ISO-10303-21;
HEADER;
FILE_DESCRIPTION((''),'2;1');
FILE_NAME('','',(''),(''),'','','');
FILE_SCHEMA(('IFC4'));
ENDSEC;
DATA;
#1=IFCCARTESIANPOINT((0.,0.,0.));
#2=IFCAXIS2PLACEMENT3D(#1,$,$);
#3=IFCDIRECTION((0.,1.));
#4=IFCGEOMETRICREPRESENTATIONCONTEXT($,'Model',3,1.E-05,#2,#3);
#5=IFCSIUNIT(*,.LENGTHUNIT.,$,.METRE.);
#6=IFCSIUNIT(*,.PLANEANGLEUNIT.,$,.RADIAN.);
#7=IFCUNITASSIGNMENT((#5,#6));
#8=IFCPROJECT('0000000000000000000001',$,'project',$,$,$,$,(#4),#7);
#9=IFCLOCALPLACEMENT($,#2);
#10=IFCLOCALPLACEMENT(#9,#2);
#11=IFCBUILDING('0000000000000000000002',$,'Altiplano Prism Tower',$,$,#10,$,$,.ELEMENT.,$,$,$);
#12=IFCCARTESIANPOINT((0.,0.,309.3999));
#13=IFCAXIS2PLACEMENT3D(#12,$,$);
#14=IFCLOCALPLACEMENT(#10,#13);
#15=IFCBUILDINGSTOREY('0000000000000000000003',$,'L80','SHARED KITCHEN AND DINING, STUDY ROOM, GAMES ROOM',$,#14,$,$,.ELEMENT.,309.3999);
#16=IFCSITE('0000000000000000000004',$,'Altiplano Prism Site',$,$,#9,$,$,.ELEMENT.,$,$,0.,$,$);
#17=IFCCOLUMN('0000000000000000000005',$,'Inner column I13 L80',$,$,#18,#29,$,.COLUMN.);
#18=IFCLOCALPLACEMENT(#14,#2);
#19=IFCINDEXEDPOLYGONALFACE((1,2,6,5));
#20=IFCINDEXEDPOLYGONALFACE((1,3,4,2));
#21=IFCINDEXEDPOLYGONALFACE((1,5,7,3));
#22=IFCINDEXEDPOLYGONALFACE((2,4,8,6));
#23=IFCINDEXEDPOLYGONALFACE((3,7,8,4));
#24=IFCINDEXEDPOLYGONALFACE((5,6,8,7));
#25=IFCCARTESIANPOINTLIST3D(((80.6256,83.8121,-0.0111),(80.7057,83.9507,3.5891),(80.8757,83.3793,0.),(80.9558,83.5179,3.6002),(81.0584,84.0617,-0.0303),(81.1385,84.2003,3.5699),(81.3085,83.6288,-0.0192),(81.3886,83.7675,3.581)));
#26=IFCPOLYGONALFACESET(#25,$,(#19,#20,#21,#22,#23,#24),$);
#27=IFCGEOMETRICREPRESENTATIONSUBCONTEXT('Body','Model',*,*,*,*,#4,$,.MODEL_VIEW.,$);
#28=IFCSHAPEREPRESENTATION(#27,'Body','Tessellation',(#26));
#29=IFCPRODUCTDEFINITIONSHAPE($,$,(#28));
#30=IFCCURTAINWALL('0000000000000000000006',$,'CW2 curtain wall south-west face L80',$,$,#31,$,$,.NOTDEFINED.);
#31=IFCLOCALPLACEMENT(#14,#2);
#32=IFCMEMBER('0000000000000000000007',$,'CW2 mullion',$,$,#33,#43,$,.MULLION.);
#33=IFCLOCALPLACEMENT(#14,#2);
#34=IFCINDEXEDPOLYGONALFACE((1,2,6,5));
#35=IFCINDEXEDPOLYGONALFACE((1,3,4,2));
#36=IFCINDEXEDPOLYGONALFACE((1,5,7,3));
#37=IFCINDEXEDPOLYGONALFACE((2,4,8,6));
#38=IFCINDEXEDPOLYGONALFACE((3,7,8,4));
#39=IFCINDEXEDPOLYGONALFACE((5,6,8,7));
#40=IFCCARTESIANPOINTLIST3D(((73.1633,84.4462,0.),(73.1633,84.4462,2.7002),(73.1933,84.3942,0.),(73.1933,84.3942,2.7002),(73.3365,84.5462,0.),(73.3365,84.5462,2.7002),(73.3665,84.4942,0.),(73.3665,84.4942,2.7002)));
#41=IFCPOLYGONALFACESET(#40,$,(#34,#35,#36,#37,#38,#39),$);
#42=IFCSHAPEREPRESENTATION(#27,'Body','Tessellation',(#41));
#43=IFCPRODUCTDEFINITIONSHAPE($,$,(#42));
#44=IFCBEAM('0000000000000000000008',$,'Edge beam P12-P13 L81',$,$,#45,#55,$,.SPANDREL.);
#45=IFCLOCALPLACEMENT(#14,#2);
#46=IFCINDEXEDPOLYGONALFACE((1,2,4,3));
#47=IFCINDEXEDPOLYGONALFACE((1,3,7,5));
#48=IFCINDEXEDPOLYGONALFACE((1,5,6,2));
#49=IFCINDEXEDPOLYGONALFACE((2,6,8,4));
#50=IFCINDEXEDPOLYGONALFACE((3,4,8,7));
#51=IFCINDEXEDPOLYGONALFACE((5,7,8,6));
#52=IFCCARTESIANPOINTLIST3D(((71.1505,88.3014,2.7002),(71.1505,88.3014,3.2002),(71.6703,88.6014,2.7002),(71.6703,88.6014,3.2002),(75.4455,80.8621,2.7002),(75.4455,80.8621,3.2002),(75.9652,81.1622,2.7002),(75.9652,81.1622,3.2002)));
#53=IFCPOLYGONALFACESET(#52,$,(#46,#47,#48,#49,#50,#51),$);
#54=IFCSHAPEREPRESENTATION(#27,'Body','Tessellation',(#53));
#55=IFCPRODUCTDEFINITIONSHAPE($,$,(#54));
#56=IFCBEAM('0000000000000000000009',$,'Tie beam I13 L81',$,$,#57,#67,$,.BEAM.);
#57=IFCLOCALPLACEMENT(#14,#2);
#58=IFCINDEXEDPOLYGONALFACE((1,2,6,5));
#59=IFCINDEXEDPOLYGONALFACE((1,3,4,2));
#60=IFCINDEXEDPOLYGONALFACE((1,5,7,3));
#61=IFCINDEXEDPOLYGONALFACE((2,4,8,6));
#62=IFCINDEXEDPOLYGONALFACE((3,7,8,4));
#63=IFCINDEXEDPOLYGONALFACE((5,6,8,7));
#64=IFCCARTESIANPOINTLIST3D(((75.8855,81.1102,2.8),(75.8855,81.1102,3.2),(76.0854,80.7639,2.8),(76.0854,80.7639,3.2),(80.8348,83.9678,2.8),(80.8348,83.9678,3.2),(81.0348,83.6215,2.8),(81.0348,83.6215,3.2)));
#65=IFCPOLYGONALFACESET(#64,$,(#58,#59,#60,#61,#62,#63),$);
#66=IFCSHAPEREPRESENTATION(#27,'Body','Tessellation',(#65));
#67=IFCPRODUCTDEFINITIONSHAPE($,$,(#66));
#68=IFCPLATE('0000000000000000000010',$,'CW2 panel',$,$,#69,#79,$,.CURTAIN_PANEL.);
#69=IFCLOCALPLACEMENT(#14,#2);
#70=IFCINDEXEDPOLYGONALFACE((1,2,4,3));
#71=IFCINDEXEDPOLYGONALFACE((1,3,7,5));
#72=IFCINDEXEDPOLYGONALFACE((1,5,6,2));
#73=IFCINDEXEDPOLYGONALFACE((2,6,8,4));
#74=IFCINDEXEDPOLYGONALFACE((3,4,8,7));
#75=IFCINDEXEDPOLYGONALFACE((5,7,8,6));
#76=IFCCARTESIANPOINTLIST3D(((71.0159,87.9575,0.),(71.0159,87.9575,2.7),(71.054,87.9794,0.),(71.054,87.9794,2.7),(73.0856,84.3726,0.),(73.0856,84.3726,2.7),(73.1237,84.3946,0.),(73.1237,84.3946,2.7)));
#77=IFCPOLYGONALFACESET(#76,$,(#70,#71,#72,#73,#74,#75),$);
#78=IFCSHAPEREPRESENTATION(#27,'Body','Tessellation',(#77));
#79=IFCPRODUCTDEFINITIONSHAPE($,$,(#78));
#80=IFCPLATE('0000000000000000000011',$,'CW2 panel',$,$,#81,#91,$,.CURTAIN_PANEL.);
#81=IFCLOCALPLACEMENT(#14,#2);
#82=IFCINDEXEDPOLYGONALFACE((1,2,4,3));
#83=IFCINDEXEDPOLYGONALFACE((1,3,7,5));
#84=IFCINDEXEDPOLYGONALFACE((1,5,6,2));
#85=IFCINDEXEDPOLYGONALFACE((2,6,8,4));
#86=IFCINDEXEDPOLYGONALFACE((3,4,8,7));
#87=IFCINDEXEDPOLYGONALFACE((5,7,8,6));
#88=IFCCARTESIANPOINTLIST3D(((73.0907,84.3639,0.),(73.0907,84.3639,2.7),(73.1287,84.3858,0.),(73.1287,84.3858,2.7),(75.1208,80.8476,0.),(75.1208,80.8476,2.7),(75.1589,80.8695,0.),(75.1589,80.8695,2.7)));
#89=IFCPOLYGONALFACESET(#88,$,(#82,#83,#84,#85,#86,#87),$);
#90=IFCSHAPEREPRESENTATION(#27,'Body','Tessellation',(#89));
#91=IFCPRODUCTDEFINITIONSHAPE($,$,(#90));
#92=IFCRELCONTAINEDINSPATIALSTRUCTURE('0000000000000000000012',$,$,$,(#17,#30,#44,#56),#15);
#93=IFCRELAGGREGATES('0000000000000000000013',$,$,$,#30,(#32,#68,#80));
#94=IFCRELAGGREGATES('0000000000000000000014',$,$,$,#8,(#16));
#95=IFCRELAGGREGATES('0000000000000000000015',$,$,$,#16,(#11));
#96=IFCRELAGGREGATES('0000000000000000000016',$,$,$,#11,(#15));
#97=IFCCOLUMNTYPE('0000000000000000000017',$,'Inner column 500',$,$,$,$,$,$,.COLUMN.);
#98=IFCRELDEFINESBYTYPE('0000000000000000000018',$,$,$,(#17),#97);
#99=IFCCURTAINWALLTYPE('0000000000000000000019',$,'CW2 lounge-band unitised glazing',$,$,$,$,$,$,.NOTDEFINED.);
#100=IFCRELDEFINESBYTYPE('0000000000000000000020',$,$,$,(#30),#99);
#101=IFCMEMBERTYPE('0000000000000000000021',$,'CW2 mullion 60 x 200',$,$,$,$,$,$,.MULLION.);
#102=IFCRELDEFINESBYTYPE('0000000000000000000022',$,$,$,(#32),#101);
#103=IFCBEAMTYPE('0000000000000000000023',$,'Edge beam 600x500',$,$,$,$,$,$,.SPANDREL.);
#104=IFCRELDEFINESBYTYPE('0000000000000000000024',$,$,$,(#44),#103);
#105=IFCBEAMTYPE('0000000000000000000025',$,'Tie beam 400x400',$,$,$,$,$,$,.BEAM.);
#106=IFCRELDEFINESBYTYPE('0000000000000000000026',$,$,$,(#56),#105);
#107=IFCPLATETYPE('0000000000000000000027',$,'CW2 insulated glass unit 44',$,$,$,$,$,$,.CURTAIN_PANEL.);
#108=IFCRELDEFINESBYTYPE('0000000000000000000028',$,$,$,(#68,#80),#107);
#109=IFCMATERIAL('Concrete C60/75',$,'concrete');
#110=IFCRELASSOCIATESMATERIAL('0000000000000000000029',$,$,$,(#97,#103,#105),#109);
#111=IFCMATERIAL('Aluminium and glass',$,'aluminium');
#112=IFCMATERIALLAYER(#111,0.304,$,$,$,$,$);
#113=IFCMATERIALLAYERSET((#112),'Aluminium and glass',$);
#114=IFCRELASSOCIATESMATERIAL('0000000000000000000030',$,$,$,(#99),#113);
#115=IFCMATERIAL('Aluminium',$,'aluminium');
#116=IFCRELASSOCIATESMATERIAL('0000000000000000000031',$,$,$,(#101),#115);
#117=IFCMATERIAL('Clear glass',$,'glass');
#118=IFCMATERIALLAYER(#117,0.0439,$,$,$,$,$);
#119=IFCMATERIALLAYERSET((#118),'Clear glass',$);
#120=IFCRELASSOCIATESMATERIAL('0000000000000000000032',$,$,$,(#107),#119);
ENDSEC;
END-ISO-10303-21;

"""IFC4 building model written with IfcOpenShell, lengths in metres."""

from ifc_helpers import new_model, si_unit, direction, frame, origin, origin_2d, place, context, subcontext, project, spatial, rectangle, extrude, material, layer, layer_set, material_profile, profile_set, type_object, element, aggregate, save


model = new_model("IFC4")

# Units and contexts
model_context = context("Model", 3, precision=1e-05, world=origin(), true_north=direction((0.0, 1.0)))
body_context = subcontext(model_context, "Body", "Model", "MODEL_VIEW")
ifc_project = project(units=[si_unit("LENGTHUNIT", "METRE"), si_unit("PLANEANGLEUNIT", "RADIAN")], contexts=[model_context])

# Site, building, storey
site_placement = place(None, origin())
site = spatial("IfcSite", under=ifc_project, at=site_placement, Name="Altiplano Prism Site", CompositionType="ELEMENT", RefElevation=0.0)
building_placement = place(site_placement, origin())
building = spatial("IfcBuilding", under=site, at=building_placement, Name="Altiplano Prism Tower", CompositionType="ELEMENT")
storey_placement = place(building_placement, frame((0.0, 0.0, 309.3999)))
storey = spatial("IfcBuildingStorey", under=building, at=storey_placement, Name="L80", Description="SHARED KITCHEN AND DINING, STUDY ROOM, GAMES ROOM", CompositionType="ELEMENT", Elevation=309.3999)

# Column
ifc_material_1 = material(Name="Concrete C60/75", Category="concrete")
ifc_material_profile_1 = material_profile(ifc_material_1, rectangle(XDim=0.5, YDim=0.5, at=origin_2d()), Name="Inner column 500")
ifc_profile_set_1 = profile_set([ifc_material_profile_1], Name="Concrete C60/75")
column_type = type_object("IfcColumnType", Name="Inner column 500", PredefinedType="COLUMN", material=ifc_profile_set_1)
column_placement = place(storey_placement, frame((80.967, 83.7205, -0.0151), z_axis=(0.022221, 0.038481, 0.999012), x_axis=(-0.865642, -0.499182, 0.038483)))
element("IfcColumn", 1, at=column_placement, inside=storey, type_object=column_type, Name="Inner column I13 L80", PredefinedType="COLUMN", context=body_context, shape_type="SweptSolid", body=[
    extrude(rectangle(XDim=0.5, YDim=0.5, at=origin_2d()), origin(), (0.0, 0.0, 1.0), 3.6038),
])

# Curtain wall, member
ifc_material_2 = material(Name="Aluminium and glass", Category="aluminium")
ifc_layer_1 = layer(ifc_material_2, 0.304)
ifc_layer_set_1 = layer_set([ifc_layer_1], Name="Aluminium and glass")
curtain_wall_type = type_object("IfcCurtainWallType", Name="CW2 lounge-band unitised glazing", PredefinedType="NOTDEFINED", material=ifc_layer_set_1)
curtain_wall_placement = place(storey_placement, origin())
curtain_wall = element("IfcCurtainWall", 2, at=curtain_wall_placement, inside=storey, type_object=curtain_wall_type, Name="CW2 curtain wall south-west face L80", PredefinedType="NOTDEFINED")
ifc_material_3 = material(Name="Aluminium", Category="aluminium")
ifc_material_profile_2 = material_profile(ifc_material_3, rectangle(XDim=0.2, YDim=0.0601, at=origin_2d()), Name="CW2 mullion 60 x 200")
ifc_profile_set_2 = profile_set([ifc_material_profile_2], Name="Aluminium")
member_type = type_object("IfcMemberType", Name="CW2 mullion 60 x 200", PredefinedType="MULLION", material=ifc_profile_set_2)
member_placement = place(storey_placement, frame((73.2649, 84.4702, 0.0), z_axis=(0.0, 0.0, 1.0), x_axis=(0.866025, 0.5, 0.0)))
member = element("IfcMember", 3, at=member_placement, type_object=member_type, Name="CW2 mullion", PredefinedType="MULLION", context=body_context, shape_type="SweptSolid", body=[
    extrude(rectangle(XDim=0.2, YDim=0.0601, at=origin_2d()), origin(), (0.0, 0.0, 1.0), 2.7002),
])

# Beams
ifc_material_profile_3 = material_profile(ifc_material_1, rectangle(XDim=0.6001, YDim=0.5, at=origin_2d()), Name="Edge beam 600x500")
ifc_profile_set_3 = profile_set([ifc_material_profile_3], Name="Concrete C60/75")
beam_type_1 = type_object("IfcBeamType", Name="Edge beam 600x500", PredefinedType="SPANDREL", material=ifc_profile_set_3)
beam_1_placement = place(storey_placement, frame((71.4104, 88.4514, 2.9502), z_axis=(0.499991, -0.866031, 0.0), x_axis=(0.866031, 0.499991, 0.0)))
element("IfcBeam", 4, at=beam_1_placement, inside=storey, type_object=beam_type_1, Name="Edge beam P12-P13 L81", PredefinedType="SPANDREL", context=body_context, shape_type="SweptSolid", body=[
    extrude(rectangle(XDim=0.6001, YDim=0.5, at=origin_2d()), origin(), (0.0, 0.0, 1.0), 8.5901),
])
ifc_material_profile_4 = material_profile(ifc_material_1, rectangle(XDim=0.3999, YDim=0.3999, at=origin_2d()), Name="Tie beam 400x400")
ifc_profile_set_4 = profile_set([ifc_material_profile_4], Name="Concrete C60/75")
beam_type_2 = type_object("IfcBeamType", Name="Tie beam 400x400", PredefinedType="BEAM", material=ifc_profile_set_4)
beam_2_placement = place(storey_placement, frame((80.9348, 83.7947, 3.0), z_axis=(-0.866018, -0.500012, 0.0), x_axis=(0.500012, -0.866018, 0.0)))
element("IfcBeam", 5, at=beam_2_placement, inside=storey, type_object=beam_type_2, Name="Tie beam I13 L81", PredefinedType="BEAM", context=body_context, shape_type="SweptSolid", body=[
    extrude(rectangle(XDim=0.3999, YDim=0.3999, at=origin_2d()), origin(), (0.0, 0.0, 1.0), 5.7151),
])

# Plates
ifc_material_4 = material(Name="Clear glass", Category="glass")
ifc_layer_2 = layer(ifc_material_4, 0.0439)
ifc_layer_set_2 = layer_set([ifc_layer_2], Name="Clear glass")
plate_type = type_object("IfcPlateType", Name="CW2 insulated glass unit 44", PredefinedType="CURTAIN_PANEL", material=ifc_layer_set_2)
plate_1_placement = place(storey_placement, frame((72.0698, 86.176, 0.0), z_axis=(0.0, 0.0, 1.0), x_axis=(0.5, -0.866025, 0.0)))
plate_1 = element("IfcPlate", 6, at=plate_1_placement, type_object=plate_type, Name="CW2 panel", PredefinedType="CURTAIN_PANEL", context=body_context, shape_type="SweptSolid", body=[
    extrude(rectangle(XDim=4.1394, YDim=0.0439, at=origin_2d()), origin(), (0.0, 0.0, 1.0), 2.7),
])
plate_2_placement = place(storey_placement, frame((74.1248, 82.6167, 0.0), z_axis=(0.0, 0.0, 1.0), x_axis=(0.5, -0.866025, 0.0)))
plate_2 = element("IfcPlate", 7, at=plate_2_placement, type_object=plate_type, Name="CW2 panel", PredefinedType="CURTAIN_PANEL", context=body_context, shape_type="SweptSolid", body=[
    extrude(rectangle(XDim=4.0603, YDim=0.0439, at=origin_2d()), origin(), (0.0, 0.0, 1.0), 2.7),
])
aggregate(curtain_wall, [member, plate_1, plate_2])

save(model, "model.ifc")
